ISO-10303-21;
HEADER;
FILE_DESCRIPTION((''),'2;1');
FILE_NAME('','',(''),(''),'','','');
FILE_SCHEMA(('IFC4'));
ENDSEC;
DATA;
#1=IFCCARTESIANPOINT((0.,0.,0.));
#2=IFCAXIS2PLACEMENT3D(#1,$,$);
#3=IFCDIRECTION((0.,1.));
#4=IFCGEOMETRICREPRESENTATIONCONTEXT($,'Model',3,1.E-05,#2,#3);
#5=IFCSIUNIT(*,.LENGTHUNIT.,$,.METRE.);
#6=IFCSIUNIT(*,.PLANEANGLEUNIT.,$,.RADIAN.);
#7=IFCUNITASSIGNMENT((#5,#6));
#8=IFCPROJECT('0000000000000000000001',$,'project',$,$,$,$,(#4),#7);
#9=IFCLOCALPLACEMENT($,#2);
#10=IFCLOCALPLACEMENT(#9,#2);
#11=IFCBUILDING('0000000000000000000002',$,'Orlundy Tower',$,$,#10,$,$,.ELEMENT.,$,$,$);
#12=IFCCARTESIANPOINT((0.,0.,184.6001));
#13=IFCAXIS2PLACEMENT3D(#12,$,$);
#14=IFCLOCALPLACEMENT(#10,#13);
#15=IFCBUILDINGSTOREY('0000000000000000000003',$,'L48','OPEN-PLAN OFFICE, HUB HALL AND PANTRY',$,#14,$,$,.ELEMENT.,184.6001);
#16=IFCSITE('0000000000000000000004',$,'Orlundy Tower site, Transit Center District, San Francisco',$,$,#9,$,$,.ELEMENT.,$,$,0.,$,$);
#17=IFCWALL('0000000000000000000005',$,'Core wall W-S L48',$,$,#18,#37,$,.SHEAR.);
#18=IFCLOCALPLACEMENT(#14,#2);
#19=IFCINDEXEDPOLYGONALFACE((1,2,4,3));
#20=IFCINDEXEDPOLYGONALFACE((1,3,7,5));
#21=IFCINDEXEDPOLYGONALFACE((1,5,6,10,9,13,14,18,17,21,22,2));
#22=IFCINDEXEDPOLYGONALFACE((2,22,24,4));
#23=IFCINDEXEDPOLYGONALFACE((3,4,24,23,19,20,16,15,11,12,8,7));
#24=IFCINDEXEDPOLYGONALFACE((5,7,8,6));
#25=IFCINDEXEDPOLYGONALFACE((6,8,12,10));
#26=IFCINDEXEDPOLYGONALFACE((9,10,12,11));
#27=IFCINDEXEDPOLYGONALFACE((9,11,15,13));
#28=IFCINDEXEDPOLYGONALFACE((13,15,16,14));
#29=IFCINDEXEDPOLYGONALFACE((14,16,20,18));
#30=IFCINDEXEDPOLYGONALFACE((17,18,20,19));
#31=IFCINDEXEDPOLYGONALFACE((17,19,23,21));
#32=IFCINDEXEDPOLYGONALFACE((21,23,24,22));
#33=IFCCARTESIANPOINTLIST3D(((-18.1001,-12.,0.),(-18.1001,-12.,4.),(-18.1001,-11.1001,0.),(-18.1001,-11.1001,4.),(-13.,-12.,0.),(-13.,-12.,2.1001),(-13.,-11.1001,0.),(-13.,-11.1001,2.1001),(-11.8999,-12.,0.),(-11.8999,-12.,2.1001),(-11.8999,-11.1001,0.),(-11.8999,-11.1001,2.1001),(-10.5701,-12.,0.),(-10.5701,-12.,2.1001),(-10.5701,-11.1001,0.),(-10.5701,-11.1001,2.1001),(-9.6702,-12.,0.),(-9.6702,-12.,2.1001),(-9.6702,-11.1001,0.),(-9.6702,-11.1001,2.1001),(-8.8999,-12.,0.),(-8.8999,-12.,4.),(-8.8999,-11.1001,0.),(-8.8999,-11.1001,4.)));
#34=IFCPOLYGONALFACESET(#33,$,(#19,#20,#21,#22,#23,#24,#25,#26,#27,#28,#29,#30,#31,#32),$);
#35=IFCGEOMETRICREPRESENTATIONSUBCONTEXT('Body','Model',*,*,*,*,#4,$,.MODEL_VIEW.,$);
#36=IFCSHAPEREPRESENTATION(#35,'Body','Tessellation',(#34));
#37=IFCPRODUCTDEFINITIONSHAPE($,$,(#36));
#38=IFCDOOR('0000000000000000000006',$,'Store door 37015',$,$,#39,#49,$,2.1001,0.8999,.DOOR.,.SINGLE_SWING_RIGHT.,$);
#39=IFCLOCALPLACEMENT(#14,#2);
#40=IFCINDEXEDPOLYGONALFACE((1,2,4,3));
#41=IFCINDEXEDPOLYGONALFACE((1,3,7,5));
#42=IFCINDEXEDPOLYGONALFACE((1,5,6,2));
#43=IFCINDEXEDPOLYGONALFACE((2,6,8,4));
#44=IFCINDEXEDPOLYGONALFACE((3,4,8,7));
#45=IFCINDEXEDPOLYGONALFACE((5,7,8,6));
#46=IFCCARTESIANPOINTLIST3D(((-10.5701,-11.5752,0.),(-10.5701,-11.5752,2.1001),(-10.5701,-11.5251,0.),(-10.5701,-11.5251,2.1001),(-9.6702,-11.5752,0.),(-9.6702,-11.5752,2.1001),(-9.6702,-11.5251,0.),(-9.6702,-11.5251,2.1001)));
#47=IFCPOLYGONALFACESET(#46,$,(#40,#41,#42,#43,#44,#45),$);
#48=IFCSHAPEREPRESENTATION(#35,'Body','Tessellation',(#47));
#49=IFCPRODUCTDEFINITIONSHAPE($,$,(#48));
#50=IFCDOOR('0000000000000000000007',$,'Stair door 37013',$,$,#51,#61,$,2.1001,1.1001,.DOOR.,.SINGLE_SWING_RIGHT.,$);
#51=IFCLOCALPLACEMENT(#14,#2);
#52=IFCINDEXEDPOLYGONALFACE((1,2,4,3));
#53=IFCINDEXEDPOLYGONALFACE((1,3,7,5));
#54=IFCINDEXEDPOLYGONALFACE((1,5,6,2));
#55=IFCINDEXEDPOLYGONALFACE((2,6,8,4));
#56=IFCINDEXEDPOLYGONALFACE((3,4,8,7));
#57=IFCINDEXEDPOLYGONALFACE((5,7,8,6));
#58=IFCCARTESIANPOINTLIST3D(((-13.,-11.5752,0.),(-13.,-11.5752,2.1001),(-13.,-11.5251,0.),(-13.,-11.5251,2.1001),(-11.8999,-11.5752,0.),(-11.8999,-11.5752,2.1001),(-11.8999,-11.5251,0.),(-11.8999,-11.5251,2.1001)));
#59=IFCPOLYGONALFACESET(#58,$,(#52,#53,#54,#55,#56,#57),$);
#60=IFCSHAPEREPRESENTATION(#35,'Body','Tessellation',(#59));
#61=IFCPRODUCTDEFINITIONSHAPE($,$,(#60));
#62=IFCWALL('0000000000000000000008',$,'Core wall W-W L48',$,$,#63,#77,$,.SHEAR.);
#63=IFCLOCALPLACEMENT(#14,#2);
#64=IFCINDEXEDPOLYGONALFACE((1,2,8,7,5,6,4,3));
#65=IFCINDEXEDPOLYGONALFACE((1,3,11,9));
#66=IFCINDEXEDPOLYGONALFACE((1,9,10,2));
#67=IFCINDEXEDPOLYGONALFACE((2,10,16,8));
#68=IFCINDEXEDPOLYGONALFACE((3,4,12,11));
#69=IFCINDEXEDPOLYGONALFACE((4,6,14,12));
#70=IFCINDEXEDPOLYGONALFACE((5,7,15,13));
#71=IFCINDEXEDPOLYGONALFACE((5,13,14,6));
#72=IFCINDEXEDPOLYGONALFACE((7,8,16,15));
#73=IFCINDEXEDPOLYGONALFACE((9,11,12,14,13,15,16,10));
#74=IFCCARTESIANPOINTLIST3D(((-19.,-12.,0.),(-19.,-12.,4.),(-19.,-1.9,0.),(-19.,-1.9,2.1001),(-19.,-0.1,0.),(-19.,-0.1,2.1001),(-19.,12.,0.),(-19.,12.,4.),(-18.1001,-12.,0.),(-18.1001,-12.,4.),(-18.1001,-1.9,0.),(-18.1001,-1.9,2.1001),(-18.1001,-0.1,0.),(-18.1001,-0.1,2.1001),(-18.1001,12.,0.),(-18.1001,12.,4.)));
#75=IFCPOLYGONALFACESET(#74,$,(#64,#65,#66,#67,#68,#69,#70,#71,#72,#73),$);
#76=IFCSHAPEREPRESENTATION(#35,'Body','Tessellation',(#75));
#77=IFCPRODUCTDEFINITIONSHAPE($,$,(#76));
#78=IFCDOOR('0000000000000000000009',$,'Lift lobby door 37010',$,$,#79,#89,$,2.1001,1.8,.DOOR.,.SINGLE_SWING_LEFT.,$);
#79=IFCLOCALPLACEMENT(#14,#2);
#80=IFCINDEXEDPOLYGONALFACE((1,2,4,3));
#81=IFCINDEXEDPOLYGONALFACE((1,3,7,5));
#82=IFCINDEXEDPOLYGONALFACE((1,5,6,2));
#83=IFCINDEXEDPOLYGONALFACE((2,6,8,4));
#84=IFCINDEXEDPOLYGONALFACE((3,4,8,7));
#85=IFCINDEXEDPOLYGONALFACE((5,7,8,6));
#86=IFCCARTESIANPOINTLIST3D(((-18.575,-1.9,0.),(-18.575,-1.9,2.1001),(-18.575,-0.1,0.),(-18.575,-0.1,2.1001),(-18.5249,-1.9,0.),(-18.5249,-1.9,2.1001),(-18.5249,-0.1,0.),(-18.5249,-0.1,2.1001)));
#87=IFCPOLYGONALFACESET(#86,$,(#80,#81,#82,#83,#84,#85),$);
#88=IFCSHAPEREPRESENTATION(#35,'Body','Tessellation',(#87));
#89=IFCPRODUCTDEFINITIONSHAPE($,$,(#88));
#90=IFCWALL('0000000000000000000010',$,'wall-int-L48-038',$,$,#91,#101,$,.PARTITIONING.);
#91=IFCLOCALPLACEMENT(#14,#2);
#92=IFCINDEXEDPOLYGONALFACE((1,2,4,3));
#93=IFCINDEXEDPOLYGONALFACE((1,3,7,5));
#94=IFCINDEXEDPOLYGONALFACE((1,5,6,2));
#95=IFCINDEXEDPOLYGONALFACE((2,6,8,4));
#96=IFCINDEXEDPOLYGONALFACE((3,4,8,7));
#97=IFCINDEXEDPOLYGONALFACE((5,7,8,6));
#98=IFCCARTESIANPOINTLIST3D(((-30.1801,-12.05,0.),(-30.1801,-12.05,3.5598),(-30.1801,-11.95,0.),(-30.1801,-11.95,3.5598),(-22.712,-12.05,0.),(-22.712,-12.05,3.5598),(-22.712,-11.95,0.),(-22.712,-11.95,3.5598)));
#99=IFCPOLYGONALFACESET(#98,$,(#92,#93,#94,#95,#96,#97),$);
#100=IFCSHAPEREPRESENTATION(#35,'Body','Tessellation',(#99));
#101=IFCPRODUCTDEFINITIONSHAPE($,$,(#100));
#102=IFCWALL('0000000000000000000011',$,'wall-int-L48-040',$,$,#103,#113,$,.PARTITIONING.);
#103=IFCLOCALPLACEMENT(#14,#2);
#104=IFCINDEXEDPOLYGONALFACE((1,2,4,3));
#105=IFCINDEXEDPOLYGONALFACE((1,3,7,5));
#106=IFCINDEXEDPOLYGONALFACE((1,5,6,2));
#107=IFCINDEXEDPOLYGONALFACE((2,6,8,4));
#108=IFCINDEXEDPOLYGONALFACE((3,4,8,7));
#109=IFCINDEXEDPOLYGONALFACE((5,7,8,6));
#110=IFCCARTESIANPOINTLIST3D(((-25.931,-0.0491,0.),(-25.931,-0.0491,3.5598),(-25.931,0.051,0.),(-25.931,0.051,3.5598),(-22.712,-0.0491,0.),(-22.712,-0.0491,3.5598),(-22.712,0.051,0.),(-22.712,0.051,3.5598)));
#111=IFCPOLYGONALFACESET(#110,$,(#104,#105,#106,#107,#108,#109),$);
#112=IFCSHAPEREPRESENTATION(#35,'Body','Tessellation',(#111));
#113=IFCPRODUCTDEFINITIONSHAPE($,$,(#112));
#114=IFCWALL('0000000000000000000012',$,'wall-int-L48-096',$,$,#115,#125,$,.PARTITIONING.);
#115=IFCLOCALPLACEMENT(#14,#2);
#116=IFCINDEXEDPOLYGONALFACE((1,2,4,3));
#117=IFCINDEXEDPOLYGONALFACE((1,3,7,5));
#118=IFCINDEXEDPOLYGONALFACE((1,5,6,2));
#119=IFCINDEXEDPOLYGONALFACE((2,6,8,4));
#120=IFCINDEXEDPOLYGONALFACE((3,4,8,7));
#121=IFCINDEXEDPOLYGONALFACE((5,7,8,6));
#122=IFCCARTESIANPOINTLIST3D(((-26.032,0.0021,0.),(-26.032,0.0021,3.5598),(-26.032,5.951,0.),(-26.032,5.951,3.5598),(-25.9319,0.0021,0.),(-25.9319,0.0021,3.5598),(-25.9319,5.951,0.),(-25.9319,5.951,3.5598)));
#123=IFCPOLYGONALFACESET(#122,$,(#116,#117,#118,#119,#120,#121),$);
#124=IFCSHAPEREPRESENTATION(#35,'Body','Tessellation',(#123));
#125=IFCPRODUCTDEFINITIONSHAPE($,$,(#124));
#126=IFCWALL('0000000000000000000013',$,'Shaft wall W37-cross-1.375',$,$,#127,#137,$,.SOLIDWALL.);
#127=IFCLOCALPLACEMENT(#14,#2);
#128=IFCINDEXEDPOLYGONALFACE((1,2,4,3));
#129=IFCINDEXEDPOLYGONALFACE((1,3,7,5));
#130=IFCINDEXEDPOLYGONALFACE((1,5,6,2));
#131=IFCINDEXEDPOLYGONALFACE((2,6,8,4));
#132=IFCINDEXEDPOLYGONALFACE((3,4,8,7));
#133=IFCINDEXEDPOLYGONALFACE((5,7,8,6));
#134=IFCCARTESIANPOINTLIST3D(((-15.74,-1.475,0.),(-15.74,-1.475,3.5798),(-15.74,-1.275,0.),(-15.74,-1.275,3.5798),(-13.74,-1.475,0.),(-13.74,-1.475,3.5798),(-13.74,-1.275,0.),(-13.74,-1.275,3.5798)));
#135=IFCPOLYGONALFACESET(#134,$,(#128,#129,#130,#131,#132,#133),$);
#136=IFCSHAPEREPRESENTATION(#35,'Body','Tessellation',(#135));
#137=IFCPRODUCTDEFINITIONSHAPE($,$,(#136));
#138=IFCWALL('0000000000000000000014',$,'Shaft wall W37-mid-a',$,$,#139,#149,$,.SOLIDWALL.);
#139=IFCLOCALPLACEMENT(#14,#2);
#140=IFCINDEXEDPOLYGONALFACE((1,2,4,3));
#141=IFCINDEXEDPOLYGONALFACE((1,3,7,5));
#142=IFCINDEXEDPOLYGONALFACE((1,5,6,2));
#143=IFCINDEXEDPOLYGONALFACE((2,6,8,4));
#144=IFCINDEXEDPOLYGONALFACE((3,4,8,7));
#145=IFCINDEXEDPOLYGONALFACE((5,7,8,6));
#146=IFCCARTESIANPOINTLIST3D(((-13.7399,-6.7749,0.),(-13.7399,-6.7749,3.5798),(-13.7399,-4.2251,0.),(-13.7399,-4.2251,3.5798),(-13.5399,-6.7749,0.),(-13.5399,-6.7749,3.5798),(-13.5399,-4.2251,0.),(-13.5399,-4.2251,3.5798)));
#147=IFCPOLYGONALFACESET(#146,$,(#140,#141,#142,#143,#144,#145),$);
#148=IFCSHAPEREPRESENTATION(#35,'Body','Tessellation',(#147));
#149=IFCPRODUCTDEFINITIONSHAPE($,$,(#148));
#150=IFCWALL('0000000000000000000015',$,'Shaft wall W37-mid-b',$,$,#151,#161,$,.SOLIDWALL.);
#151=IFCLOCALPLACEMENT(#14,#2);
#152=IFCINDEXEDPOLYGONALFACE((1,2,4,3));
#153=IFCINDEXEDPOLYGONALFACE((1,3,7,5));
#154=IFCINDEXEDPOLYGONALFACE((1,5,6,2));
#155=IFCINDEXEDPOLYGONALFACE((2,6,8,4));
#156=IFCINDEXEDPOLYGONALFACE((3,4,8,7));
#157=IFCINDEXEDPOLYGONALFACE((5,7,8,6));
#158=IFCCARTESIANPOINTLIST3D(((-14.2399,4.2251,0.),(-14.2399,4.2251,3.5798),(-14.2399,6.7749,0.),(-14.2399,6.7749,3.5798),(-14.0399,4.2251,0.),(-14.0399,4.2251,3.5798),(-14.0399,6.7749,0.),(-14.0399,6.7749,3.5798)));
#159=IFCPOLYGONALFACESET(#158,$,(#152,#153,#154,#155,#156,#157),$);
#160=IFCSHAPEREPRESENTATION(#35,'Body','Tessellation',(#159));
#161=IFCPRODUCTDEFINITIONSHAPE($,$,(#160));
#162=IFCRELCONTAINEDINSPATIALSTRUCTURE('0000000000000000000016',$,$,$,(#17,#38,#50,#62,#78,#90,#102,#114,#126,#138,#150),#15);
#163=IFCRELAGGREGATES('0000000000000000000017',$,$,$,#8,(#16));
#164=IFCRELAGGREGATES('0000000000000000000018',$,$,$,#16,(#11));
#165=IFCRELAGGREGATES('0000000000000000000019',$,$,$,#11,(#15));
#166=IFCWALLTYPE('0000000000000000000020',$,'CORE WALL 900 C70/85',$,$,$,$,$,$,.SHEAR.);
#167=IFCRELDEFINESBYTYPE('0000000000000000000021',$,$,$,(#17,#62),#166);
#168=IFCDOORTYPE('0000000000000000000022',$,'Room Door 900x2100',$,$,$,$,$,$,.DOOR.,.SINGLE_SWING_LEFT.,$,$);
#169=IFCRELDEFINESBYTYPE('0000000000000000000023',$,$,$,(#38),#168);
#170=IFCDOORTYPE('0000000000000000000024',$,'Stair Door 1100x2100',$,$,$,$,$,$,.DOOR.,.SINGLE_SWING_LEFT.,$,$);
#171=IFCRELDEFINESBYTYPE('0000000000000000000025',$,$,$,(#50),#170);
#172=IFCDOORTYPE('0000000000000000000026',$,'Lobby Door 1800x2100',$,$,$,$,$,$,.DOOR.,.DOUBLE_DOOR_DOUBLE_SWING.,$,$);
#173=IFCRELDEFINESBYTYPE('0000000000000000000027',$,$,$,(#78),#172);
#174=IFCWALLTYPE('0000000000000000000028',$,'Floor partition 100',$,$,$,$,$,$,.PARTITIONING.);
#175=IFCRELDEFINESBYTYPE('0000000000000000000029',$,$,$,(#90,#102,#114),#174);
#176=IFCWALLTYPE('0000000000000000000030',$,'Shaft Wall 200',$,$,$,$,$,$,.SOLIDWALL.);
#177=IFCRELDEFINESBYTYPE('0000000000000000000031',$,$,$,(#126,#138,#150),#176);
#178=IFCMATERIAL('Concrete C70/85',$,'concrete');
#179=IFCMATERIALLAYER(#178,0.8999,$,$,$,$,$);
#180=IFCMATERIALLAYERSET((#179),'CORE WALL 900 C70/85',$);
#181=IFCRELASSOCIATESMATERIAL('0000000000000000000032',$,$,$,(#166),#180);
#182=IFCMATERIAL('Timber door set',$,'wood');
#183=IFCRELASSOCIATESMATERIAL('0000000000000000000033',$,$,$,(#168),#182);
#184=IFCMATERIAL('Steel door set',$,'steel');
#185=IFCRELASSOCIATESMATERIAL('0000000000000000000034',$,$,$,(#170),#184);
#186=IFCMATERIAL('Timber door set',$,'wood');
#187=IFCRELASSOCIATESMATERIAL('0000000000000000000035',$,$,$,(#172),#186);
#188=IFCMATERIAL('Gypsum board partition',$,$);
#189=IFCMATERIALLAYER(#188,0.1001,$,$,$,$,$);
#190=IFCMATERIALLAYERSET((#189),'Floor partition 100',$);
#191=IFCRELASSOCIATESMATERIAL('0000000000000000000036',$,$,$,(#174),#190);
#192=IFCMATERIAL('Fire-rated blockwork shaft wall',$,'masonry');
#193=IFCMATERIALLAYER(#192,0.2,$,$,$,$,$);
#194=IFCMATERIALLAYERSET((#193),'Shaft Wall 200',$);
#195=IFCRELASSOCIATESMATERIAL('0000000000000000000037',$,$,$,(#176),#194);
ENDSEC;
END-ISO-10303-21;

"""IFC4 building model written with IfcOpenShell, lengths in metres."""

from ifc_helpers import new_model, si_unit, direction, frame, frame_2d, origin, place, context, subcontext, project, spatial, rectangle, extrude, material, layer, layer_set, type_object, element, fill, save


model = new_model("IFC4")

# Units and contexts
model_context = context("Model", 3, precision=1e-05, world=origin(), true_north=direction((0.0, 1.0)))
body_context = subcontext(model_context, "Body", "Model", "MODEL_VIEW")
ifc_project = project(units=[si_unit("LENGTHUNIT", "METRE"), si_unit("PLANEANGLEUNIT", "RADIAN")], contexts=[model_context])

# Site, building, storey
site_placement = place(None, origin())
site = spatial("IfcSite", under=ifc_project, at=site_placement, Name="Orlundy Tower site, Transit Center District, San Francisco", CompositionType="ELEMENT", RefElevation=0.0)
building_placement = place(site_placement, origin())
building = spatial("IfcBuilding", under=site, at=building_placement, Name="Orlundy Tower", CompositionType="ELEMENT")
storey_placement = place(building_placement, frame((0.0, 0.0, 184.6001)))
storey = spatial("IfcBuildingStorey", under=building, at=storey_placement, Name="L48", Description="OPEN-PLAN OFFICE, HUB HALL AND PANTRY", CompositionType="ELEMENT", Elevation=184.6001)

# Wall, openings, doors
ifc_material_1 = material(Name="Concrete C70/85", Category="concrete")
ifc_layer_1 = layer(ifc_material_1, 0.8999)
ifc_layer_set_1 = layer_set([ifc_layer_1], Name="CORE WALL 900 C70/85")
wall_type_1 = type_object("IfcWallType", Name="CORE WALL 900 C70/85", PredefinedType="SHEAR", material=ifc_layer_set_1)
wall_1_placement = place(storey_placement, frame((-18.1001, -11.55, 0.0), z_axis=(0.0, 0.0, 1.0), x_axis=(1.0, 0.0, 0.0)))
wall_1 = element("IfcWall", 1, at=wall_1_placement, inside=storey, type_object=wall_type_1, Name="Core wall W-S L48", PredefinedType="SHEAR", context=body_context, shape_type="SweptSolid", body=[
    extrude(rectangle(XDim=9.2002, YDim=0.8999, at=frame_2d((4.6001, 0.0))), origin(), (0.0, 0.0, 1.0), 4.0),
])
opening_1_placement = place(wall_1_placement, frame((5.1001, 0.0, 0.0)))
opening_1 = element("IfcOpeningElement", 2, at=opening_1_placement, cuts=wall_1, PredefinedType="OPENING", context=body_context, shape_type="SweptSolid", body=[
    extrude(rectangle(XDim=1.1001, YDim=2.1001, at=frame_2d((0.55, 1.05))), frame((0.0, 0.46, 0.0), z_axis=(0.0, -1.0, 0.0), x_axis=(1.0, 0.0, 0.0)), (0.0, 0.0, 1.0), 0.9199),
])
opening_2_placement = place(wall_1_placement, frame((7.53, 0.0, 0.0)))
opening_2 = element("IfcOpeningElement", 3, at=opening_2_placement, cuts=wall_1, PredefinedType="OPENING", context=body_context, shape_type="SweptSolid", body=[
    extrude(rectangle(XDim=0.8999, YDim=2.1001, at=frame_2d((0.45, 1.05))), frame((0.0, 0.46, 0.0), z_axis=(0.0, -1.0, 0.0), x_axis=(1.0, 0.0, 0.0)), (0.0, 0.0, 1.0), 0.9199),
])
ifc_material_2 = material(Name="Timber door set", Category="wood")
door_type_1 = type_object("IfcDoorType", Name="Room Door 900x2100", OperationType="SINGLE_SWING_LEFT", PredefinedType="DOOR", material=ifc_material_2)
door_1_placement = place(opening_2_placement, origin())
door_1 = element("IfcDoor", 4, at=door_1_placement, inside=storey, type_object=door_type_1, Name="Store door 37015", OperationType="SINGLE_SWING_RIGHT", OverallHeight=2.1001, OverallWidth=0.8999, PredefinedType="DOOR", context=body_context, shape_type="SweptSolid", body=[
    extrude(rectangle(XDim=0.8999, YDim=2.1001, at=frame_2d((0.45, 1.05))), frame((0.0, 0.0249, 0.0), z_axis=(0.0, -1.0, 0.0), x_axis=(1.0, 0.0, 0.0)), (0.0, 0.0, 1.0), 0.05),
])
fill(opening_2, door_1)
ifc_material_3 = material(Name="Steel door set", Category="steel")
door_type_2 = type_object("IfcDoorType", Name="Stair Door 1100x2100", OperationType="SINGLE_SWING_LEFT", PredefinedType="DOOR", material=ifc_material_3)
door_2_placement = place(opening_1_placement, origin())
door_2 = element("IfcDoor", 5, at=door_2_placement, inside=storey, type_object=door_type_2, Name="Stair door 37013", OperationType="SINGLE_SWING_RIGHT", OverallHeight=2.1001, OverallWidth=1.1001, PredefinedType="DOOR", context=body_context, shape_type="SweptSolid", body=[
    extrude(rectangle(XDim=1.1001, YDim=2.1001, at=frame_2d((0.55, 1.05))), frame((0.0, 0.0249, 0.0), z_axis=(0.0, -1.0, 0.0), x_axis=(1.0, 0.0, 0.0)), (0.0, 0.0, 1.0), 0.05),
])
fill(opening_1, door_2)

# Wall, opening, door
wall_2_placement = place(storey_placement, frame((-18.55, -12.0, 0.0), z_axis=(0.0, 0.0, 1.0), x_axis=(0.0, 1.0, 0.0)))
wall_2 = element("IfcWall", 6, at=wall_2_placement, inside=storey, type_object=wall_type_1, Name="Core wall W-W L48", PredefinedType="SHEAR", context=body_context, shape_type="SweptSolid", body=[
    extrude(rectangle(XDim=24.0, YDim=0.8999, at=frame_2d((12.0, 0.0))), origin(), (0.0, 0.0, 1.0), 4.0),
])
opening_3_placement = place(wall_2_placement, frame((10.1001, 0.0, 0.0)))
opening_3 = element("IfcOpeningElement", 7, at=opening_3_placement, cuts=wall_2, PredefinedType="OPENING", context=body_context, shape_type="SweptSolid", body=[
    extrude(rectangle(XDim=1.8, YDim=2.1001, at=frame_2d((0.8999, 1.05))), frame((0.0, 0.46, 0.0), z_axis=(0.0, -1.0, 0.0), x_axis=(1.0, 0.0, 0.0)), (0.0, 0.0, 1.0), 0.9199),
])
ifc_material_4 = material(Name="Timber door set", Category="wood")
door_type_3 = type_object("IfcDoorType", Name="Lobby Door 1800x2100", OperationType="DOUBLE_DOOR_DOUBLE_SWING", PredefinedType="DOOR", material=ifc_material_4)
door_3_placement = place(opening_3_placement, origin())
door_3 = element("IfcDoor", 8, at=door_3_placement, inside=storey, type_object=door_type_3, Name="Lift lobby door 37010", OperationType="SINGLE_SWING_LEFT", OverallHeight=2.1001, OverallWidth=1.8, PredefinedType="DOOR", context=body_context, shape_type="SweptSolid", body=[
    extrude(rectangle(XDim=1.8, YDim=2.1001, at=frame_2d((0.8999, 1.05))), frame((0.0, 0.0249, 0.0), z_axis=(0.0, -1.0, 0.0), x_axis=(1.0, 0.0, 0.0)), (0.0, 0.0, 1.0), 0.05),
])
fill(opening_3, door_3)

# Walls
ifc_material_5 = material(Name="Gypsum board partition")
ifc_layer_2 = layer(ifc_material_5, 0.1001)
ifc_layer_set_2 = layer_set([ifc_layer_2], Name="Floor partition 100")
wall_type_2 = type_object("IfcWallType", Name="Floor partition 100", PredefinedType="PARTITIONING", material=ifc_layer_set_2)
wall_3_placement = place(storey_placement, frame((-30.1799, -12.0, 0.0), z_axis=(0.0, 0.0, 1.0), x_axis=(1.0, 0.0, 0.0)))
element("IfcWall", 9, at=wall_3_placement, inside=storey, type_object=wall_type_2, Name="wall-int-L48-038", PredefinedType="PARTITIONING", context=body_context, shape_type="SweptSolid", body=[
    extrude(rectangle(XDim=7.468, YDim=0.1001, at=frame_2d((3.7339, 0.0))), origin(), (0.0, 0.0, 1.0), 3.5598),
])
wall_4_placement = place(storey_placement, frame((-25.9309, 0.001, 0.0), z_axis=(0.0, 0.0, 1.0), x_axis=(1.0, 0.0, 0.0)))
element("IfcWall", 10, at=wall_4_placement, inside=storey, type_object=wall_type_2, Name="wall-int-L48-040", PredefinedType="PARTITIONING", context=body_context, shape_type="SweptSolid", body=[
    extrude(rectangle(XDim=3.219, YDim=0.1001, at=frame_2d((1.6094, 0.0))), origin(), (0.0, 0.0, 1.0), 3.5598),
])
wall_5_placement = place(storey_placement, frame((-25.9819, 0.002, 0.0), z_axis=(0.0, 0.0, 1.0), x_axis=(0.0, 1.0, 0.0)))
element("IfcWall", 11, at=wall_5_placement, inside=storey, type_object=wall_type_2, Name="wall-int-L48-096", PredefinedType="PARTITIONING", context=body_context, shape_type="SweptSolid", body=[
    extrude(rectangle(XDim=5.949, YDim=0.1001, at=frame_2d((2.9746, 0.0))), origin(), (0.0, 0.0, 1.0), 3.5598),
])
ifc_material_6 = material(Name="Fire-rated blockwork shaft wall", Category="masonry")
ifc_layer_3 = layer(ifc_material_6, 0.2)
ifc_layer_set_3 = layer_set([ifc_layer_3], Name="Shaft Wall 200")
wall_type_3 = type_object("IfcWallType", Name="Shaft Wall 200", PredefinedType="SOLIDWALL", material=ifc_layer_set_3)
wall_6_placement = place(storey_placement, frame((-13.74, -1.375, 0.0), z_axis=(0.0, 0.0, 1.0), x_axis=(-1.0, 0.0, 0.0)))
element("IfcWall", 12, at=wall_6_placement, inside=storey, type_object=wall_type_3, Name="Shaft wall W37-cross-1.375", PredefinedType="SOLIDWALL", context=body_context, shape_type="SweptSolid", body=[
    extrude(rectangle(XDim=2.0, YDim=0.2, at=frame_2d((1.0, 0.0))), origin(), (0.0, 0.0, 1.0), 3.5798),
])
for number, where, z_axis, x_axis, name in (
    (13, (-13.6399, -6.7749, 0.0), (0.0, 0.0, 1.0), (0.0, 1.0, 0.0), "Shaft wall W37-mid-a"),
    (14, (-14.1399, 4.2251, 0.0), (0.0, 0.0, 1.0), (0.0, 1.0, 0.0), "Shaft wall W37-mid-b"),
):
    element("IfcWall", number, at=place(storey_placement, frame(where, z_axis=z_axis, x_axis=x_axis)), inside=storey, type_object=wall_type_3, Name=name, PredefinedType="SOLIDWALL", context=body_context, shape_type="SweptSolid", body=[
        extrude(rectangle(XDim=2.5498, YDim=0.2, at=frame_2d((1.2749, 0.0))), origin(), (0.0, 0.0, 1.0), 3.5798),
    ])

save(model, "model.ifc")
